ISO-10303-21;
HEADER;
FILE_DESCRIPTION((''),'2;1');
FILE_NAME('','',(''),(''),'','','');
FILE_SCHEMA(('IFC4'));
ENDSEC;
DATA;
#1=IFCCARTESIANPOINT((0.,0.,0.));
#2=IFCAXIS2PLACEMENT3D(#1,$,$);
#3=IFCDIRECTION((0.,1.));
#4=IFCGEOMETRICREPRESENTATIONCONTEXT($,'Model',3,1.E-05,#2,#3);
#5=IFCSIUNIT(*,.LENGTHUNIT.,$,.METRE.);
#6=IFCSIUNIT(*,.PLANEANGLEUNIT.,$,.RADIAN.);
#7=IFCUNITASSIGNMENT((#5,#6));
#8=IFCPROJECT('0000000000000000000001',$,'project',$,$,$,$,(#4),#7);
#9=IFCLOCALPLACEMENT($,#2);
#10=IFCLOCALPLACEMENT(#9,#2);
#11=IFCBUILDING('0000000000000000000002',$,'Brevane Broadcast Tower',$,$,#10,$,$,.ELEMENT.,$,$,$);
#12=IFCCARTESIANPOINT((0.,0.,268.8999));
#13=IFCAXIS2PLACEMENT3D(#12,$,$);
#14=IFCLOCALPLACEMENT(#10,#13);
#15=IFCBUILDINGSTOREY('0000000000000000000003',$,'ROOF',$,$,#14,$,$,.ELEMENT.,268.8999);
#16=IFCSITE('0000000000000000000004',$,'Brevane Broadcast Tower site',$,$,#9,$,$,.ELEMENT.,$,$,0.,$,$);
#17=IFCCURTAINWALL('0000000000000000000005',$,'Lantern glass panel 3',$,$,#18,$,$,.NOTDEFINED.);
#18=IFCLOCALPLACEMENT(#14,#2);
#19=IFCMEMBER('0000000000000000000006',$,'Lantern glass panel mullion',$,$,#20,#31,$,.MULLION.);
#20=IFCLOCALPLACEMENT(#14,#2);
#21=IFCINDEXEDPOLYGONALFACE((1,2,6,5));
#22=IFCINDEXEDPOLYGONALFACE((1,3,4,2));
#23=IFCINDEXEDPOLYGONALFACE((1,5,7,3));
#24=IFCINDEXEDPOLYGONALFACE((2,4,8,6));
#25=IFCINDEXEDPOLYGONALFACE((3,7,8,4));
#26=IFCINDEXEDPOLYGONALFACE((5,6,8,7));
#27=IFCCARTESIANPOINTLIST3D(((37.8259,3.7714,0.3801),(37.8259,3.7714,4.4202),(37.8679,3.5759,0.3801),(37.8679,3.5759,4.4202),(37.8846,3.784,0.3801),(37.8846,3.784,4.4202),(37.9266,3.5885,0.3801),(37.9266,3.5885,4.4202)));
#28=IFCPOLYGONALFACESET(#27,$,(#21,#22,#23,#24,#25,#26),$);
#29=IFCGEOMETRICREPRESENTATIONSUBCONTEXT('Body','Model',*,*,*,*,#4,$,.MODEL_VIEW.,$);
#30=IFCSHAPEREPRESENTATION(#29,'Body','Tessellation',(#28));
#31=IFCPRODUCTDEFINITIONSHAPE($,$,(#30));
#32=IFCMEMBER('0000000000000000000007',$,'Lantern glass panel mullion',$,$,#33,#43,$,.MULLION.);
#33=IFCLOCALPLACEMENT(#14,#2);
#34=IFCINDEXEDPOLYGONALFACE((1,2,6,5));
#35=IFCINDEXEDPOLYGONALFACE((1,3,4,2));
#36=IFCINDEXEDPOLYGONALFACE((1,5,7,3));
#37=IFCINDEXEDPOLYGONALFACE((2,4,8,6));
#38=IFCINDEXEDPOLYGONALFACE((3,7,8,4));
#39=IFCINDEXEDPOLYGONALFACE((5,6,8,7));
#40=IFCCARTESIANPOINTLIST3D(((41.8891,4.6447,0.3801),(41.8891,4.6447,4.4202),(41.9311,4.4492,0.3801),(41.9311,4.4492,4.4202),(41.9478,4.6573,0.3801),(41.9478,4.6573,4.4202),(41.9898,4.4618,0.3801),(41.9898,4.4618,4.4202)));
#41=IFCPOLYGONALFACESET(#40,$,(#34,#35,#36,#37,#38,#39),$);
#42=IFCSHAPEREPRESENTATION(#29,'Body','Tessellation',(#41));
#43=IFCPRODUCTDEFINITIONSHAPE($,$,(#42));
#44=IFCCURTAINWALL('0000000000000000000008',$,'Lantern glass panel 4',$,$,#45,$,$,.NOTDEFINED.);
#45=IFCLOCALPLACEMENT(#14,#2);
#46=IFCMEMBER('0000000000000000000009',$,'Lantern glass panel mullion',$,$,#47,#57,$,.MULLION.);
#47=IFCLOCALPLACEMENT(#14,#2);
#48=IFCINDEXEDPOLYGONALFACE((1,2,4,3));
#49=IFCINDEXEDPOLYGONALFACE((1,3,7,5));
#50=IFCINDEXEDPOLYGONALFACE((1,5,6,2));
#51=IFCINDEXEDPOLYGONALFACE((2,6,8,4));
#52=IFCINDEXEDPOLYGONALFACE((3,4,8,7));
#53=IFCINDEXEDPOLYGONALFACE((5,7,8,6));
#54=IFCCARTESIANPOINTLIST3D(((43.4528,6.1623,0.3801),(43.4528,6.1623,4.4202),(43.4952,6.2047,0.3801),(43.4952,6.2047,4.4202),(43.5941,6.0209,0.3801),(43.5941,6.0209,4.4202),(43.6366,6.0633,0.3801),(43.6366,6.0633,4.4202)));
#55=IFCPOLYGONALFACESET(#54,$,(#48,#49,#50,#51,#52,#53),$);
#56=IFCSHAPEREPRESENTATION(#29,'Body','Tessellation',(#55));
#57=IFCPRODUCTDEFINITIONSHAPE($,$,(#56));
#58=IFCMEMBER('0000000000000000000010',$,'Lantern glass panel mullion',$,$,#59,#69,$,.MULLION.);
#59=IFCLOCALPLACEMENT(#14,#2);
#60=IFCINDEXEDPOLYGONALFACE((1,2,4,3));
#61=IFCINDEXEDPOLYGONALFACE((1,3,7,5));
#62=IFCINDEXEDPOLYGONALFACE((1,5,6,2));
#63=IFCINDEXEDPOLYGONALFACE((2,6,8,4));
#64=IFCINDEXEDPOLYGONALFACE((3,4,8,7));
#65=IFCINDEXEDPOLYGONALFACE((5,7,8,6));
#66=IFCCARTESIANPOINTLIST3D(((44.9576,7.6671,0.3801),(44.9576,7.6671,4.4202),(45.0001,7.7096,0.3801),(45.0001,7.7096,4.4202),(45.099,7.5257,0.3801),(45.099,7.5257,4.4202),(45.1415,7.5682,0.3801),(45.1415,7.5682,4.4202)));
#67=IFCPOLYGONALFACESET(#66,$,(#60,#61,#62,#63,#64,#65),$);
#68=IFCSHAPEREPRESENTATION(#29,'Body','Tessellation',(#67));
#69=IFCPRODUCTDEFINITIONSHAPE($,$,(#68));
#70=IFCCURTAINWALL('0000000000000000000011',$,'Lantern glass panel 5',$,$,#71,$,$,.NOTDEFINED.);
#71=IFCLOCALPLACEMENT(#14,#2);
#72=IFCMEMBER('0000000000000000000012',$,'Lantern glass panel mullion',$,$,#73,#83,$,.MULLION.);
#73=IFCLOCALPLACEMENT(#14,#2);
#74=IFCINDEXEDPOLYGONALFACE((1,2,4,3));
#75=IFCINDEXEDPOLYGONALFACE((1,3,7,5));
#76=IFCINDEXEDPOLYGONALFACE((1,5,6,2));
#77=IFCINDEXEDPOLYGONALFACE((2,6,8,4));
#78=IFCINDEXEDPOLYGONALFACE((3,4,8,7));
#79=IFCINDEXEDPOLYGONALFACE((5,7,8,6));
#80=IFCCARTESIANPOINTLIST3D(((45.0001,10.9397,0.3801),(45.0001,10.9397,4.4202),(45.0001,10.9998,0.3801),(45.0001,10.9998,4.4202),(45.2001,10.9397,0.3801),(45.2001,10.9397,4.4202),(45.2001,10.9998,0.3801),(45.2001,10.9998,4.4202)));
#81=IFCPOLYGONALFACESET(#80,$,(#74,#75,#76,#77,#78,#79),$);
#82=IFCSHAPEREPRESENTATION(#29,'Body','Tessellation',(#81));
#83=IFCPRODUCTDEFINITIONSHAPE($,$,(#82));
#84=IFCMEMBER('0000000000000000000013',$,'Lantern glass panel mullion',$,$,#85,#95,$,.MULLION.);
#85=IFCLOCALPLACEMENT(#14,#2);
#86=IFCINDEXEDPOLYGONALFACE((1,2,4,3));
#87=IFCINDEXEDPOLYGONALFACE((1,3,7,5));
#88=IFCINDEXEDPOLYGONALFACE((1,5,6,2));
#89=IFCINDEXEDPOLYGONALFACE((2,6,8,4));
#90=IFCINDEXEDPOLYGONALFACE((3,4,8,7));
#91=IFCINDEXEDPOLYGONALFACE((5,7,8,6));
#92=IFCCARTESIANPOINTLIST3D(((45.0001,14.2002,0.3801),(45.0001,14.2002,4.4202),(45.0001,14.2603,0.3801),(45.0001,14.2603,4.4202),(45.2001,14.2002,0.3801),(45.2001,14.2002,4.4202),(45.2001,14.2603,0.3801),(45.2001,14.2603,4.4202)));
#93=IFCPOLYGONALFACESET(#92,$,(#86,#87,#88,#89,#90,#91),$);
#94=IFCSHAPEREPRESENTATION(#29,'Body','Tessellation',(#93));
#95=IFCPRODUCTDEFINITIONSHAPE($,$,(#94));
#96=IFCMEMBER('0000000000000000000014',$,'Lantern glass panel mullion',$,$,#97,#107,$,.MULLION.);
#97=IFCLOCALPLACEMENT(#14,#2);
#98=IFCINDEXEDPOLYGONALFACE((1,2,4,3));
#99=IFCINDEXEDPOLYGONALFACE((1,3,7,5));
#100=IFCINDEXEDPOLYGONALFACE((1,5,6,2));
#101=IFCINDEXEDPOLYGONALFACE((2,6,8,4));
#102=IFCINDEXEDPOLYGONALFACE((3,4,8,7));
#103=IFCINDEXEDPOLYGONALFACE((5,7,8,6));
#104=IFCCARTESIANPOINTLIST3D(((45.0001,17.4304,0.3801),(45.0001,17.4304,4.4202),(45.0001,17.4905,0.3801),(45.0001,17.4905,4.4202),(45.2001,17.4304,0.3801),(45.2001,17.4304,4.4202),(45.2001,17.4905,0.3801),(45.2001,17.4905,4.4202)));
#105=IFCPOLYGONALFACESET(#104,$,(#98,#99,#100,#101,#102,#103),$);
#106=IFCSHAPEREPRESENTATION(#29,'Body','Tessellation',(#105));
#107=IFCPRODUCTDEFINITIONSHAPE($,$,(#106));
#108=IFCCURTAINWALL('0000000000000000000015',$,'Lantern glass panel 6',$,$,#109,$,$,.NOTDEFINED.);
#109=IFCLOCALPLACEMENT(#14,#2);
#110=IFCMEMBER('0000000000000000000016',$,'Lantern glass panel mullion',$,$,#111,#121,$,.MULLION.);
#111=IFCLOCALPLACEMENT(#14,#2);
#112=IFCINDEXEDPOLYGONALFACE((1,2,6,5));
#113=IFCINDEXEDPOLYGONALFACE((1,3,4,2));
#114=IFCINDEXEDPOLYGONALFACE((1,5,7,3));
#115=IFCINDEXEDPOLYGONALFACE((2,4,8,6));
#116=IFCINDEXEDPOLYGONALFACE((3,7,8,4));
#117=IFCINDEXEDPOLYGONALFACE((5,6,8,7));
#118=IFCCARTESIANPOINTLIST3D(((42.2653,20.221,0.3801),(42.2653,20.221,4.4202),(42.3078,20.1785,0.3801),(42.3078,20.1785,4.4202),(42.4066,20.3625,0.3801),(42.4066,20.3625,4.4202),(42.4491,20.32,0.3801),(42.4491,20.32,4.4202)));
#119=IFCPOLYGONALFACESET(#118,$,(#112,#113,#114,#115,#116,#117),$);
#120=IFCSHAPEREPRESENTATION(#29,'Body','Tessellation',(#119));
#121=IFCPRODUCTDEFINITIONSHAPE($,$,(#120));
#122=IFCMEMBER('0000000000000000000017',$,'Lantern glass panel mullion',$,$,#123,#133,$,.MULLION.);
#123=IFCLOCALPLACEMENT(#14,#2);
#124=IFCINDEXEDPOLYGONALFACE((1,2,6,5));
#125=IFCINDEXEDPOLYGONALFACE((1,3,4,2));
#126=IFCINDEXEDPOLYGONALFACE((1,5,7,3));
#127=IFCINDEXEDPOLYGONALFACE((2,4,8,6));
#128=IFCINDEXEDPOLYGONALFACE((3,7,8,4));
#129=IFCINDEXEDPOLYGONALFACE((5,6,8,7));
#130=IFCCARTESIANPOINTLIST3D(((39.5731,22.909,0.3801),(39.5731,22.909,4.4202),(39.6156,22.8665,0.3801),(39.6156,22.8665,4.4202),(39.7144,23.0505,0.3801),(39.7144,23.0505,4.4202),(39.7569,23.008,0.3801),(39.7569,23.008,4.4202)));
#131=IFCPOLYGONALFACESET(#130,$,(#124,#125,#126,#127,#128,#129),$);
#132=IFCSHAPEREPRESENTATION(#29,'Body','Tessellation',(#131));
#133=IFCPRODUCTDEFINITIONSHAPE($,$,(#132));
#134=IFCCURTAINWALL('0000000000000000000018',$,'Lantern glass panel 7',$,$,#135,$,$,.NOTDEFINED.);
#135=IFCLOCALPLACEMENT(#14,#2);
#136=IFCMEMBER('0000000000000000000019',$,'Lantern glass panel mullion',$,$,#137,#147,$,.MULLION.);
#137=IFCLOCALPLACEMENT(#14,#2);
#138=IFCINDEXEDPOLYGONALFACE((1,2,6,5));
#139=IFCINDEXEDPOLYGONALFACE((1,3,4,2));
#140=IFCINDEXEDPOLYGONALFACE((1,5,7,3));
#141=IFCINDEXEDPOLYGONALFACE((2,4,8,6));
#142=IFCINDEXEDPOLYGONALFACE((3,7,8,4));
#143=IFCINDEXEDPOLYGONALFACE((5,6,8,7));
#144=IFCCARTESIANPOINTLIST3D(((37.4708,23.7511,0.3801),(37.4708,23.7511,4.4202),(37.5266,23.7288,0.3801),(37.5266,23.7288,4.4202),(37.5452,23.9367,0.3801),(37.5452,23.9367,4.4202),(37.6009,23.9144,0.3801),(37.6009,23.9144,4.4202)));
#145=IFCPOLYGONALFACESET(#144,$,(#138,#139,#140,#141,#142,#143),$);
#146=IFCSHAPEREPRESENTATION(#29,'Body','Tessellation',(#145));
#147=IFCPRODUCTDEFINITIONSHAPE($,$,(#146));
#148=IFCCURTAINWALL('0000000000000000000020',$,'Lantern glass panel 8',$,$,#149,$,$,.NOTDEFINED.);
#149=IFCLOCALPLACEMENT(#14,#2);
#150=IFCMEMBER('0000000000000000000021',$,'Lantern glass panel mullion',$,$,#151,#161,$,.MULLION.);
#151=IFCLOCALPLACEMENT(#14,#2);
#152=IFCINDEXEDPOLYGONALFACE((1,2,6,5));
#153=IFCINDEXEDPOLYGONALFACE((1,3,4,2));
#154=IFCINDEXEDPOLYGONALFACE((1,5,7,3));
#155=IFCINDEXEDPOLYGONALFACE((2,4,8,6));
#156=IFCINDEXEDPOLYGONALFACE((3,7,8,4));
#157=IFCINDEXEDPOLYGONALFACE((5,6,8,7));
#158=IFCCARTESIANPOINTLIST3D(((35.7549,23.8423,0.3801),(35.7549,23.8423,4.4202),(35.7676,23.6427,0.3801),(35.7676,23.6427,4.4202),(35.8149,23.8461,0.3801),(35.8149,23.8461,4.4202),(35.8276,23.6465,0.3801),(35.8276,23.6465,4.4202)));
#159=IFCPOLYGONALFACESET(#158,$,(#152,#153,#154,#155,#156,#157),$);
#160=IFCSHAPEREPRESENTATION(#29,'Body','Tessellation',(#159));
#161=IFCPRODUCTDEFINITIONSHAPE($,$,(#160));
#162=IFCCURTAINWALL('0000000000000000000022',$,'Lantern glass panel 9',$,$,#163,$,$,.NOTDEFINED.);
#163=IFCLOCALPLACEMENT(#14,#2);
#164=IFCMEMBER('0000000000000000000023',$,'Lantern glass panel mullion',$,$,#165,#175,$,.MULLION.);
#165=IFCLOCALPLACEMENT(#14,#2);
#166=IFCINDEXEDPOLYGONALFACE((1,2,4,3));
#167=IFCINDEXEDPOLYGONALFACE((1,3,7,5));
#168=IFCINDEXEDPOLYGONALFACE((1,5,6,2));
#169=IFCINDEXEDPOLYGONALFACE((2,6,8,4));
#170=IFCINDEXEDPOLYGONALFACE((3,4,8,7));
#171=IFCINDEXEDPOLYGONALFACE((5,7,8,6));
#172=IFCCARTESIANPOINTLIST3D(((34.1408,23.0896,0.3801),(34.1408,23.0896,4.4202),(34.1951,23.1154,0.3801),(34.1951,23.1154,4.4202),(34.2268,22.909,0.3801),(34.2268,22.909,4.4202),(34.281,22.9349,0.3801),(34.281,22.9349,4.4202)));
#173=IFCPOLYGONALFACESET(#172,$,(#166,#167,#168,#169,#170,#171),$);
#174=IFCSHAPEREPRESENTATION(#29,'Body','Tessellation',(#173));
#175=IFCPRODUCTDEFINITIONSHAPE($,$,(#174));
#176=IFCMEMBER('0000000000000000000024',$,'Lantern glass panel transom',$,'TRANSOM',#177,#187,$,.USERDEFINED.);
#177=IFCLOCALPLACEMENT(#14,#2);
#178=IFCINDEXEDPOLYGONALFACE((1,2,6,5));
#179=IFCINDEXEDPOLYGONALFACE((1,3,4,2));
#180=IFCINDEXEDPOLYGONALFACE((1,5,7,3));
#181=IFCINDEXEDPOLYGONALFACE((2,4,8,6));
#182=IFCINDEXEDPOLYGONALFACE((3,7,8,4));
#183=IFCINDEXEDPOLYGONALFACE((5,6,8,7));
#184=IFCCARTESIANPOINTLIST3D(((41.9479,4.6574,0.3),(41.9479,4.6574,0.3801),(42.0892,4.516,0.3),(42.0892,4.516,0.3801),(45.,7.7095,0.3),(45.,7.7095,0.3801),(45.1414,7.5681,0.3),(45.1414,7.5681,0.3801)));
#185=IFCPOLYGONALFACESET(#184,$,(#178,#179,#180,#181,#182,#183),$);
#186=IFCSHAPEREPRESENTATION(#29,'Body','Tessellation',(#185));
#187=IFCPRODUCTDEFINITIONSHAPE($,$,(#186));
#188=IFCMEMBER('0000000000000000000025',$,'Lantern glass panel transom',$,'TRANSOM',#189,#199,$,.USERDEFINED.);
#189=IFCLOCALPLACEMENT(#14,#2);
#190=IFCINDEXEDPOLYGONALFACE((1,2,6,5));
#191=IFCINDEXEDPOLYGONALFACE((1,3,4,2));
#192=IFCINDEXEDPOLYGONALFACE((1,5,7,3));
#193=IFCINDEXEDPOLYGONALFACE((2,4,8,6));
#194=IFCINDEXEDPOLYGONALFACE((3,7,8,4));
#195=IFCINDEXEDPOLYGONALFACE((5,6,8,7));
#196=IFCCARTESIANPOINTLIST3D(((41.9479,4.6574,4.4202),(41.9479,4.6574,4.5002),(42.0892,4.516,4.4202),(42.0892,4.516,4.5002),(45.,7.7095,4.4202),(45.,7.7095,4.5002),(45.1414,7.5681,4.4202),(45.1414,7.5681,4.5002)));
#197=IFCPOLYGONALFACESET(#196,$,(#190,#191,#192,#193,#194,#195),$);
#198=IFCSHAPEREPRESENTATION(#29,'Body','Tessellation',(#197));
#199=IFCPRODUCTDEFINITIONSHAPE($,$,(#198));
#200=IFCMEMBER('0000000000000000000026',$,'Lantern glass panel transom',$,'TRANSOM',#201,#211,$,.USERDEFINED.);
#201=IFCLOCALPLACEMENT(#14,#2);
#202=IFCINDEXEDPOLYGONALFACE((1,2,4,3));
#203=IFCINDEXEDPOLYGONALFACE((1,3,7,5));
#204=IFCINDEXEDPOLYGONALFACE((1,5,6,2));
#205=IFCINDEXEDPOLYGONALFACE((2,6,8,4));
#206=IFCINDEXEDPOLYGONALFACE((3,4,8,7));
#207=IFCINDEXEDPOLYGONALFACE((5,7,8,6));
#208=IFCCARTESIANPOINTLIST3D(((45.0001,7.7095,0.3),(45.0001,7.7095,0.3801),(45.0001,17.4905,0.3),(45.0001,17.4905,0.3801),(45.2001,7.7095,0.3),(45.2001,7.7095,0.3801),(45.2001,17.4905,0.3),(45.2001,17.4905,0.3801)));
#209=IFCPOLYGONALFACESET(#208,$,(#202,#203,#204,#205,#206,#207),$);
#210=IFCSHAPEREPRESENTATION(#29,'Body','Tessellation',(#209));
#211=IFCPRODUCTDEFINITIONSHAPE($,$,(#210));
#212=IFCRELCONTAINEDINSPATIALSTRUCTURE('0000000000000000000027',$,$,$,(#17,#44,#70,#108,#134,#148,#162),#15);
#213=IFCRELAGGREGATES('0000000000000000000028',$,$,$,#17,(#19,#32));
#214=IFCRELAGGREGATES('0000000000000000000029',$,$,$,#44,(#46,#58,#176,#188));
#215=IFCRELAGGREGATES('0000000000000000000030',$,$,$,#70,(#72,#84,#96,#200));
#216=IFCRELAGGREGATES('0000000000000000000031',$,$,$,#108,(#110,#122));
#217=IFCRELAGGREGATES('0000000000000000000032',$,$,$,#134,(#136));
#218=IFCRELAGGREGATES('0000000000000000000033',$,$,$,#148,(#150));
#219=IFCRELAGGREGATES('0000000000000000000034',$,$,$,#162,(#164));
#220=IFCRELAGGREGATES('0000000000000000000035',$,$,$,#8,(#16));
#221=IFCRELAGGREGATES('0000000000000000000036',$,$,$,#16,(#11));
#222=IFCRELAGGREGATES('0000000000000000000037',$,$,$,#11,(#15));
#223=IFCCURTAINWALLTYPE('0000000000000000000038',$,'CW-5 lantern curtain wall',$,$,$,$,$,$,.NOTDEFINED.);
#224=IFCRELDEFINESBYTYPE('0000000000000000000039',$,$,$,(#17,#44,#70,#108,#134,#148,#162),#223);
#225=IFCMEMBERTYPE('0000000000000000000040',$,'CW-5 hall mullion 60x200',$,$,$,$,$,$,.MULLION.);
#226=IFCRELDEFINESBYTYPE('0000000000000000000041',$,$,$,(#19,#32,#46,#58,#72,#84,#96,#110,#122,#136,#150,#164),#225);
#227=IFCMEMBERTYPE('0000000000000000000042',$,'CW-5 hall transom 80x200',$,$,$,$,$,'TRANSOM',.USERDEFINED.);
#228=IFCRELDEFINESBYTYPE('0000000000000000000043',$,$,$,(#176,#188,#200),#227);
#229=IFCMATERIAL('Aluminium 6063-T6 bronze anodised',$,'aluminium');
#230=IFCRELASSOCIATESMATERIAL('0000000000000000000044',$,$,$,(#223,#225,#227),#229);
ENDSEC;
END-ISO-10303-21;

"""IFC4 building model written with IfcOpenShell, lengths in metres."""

from ifc_helpers import new_model, si_unit, direction, frame, origin, origin_2d, place, context, subcontext, project, spatial, rectangle, extrude, material, material_profile, profile_set, type_object, element, aggregate, save


model = new_model("IFC4")

# Units and contexts
model_context = context("Model", 3, precision=1e-05, world=origin(), true_north=direction((0.0, 1.0)))
body_context = subcontext(model_context, "Body", "Model", "MODEL_VIEW")
ifc_project = project(units=[si_unit("LENGTHUNIT", "METRE"), si_unit("PLANEANGLEUNIT", "RADIAN")], contexts=[model_context])

# Site, building, storey
site_placement = place(None, origin())
site = spatial("IfcSite", under=ifc_project, at=site_placement, Name="Brevane Broadcast Tower site", CompositionType="ELEMENT", RefElevation=0.0)
building_placement = place(site_placement, origin())
building = spatial("IfcBuilding", under=site, at=building_placement, Name="Brevane Broadcast Tower", CompositionType="ELEMENT")
storey_placement = place(building_placement, frame((0.0, 0.0, 268.8999)))
storey = spatial("IfcBuildingStorey", under=building, at=storey_placement, Name="ROOF", CompositionType="ELEMENT", Elevation=268.8999)

# Curtain walls, members
ifc_material_1 = material(Name="Aluminium 6063-T6 bronze anodised", Category="aluminium")
curtain_wall_type = type_object("IfcCurtainWallType", Name="CW-5 lantern curtain wall", PredefinedType="NOTDEFINED", material=ifc_material_1)
curtain_wall_1_placement = place(storey_placement, origin())
curtain_wall_1 = element("IfcCurtainWall", 1, at=curtain_wall_1_placement, inside=storey, type_object=curtain_wall_type, Name="Lantern glass panel 3", PredefinedType="NOTDEFINED")
ifc_material_profile_1 = material_profile(ifc_material_1, rectangle(XDim=0.2, YDim=0.0601, at=origin_2d()), Name="RECT 60x200")
ifc_profile_set_1 = profile_set([ifc_material_profile_1], Name="Aluminium 6063-T6 bronze anodised")
member_type_1 = type_object("IfcMemberType", Name="CW-5 hall mullion 60x200", PredefinedType="MULLION", material=ifc_profile_set_1)
member_1_placement = place(storey_placement, frame((37.8762, 3.6799, 0.3801), z_axis=(0.0, 0.0, 1.0), x_axis=(-0.210158, 0.977667, 0.0)))
member_1 = element("IfcMember", 2, at=member_1_placement, type_object=member_type_1, Name="Lantern glass panel mullion", PredefinedType="MULLION", context=body_context, shape_type="SweptSolid", body=[
    extrude(rectangle(XDim=0.2, YDim=0.0601, at=origin_2d()), origin(), (0.0, 0.0, 1.0), 4.04),
])
member_2_placement = place(storey_placement, frame((41.9395, 4.5532, 0.3801), z_axis=(0.0, 0.0, 1.0), x_axis=(-0.210158, 0.977667, 0.0)))
member_2 = element("IfcMember", 3, at=member_2_placement, type_object=member_type_1, Name="Lantern glass panel mullion", PredefinedType="MULLION", context=body_context, shape_type="SweptSolid", body=[
    extrude(rectangle(XDim=0.2, YDim=0.0601, at=origin_2d()), origin(), (0.0, 0.0, 1.0), 4.04),
])
curtain_wall_2_placement = place(storey_placement, origin())
curtain_wall_2 = element("IfcCurtainWall", 4, at=curtain_wall_2_placement, inside=storey, type_object=curtain_wall_type, Name="Lantern glass panel 4", PredefinedType="NOTDEFINED")
member_3_placement = place(storey_placement, frame((43.5447, 6.1128, 0.3801), z_axis=(0.0, 0.0, 1.0), x_axis=(-0.707107, 0.707107, 0.0)))
member_3 = element("IfcMember", 5, at=member_3_placement, type_object=member_type_1, Name="Lantern glass panel mullion", PredefinedType="MULLION", context=body_context, shape_type="SweptSolid", body=[
    extrude(rectangle(XDim=0.2, YDim=0.0601, at=origin_2d()), origin(), (0.0, 0.0, 1.0), 4.04),
])
member_4_placement = place(storey_placement, frame((45.0496, 7.6177, 0.3801), z_axis=(0.0, 0.0, 1.0), x_axis=(-0.707107, 0.707107, 0.0)))
member_4 = element("IfcMember", 6, at=member_4_placement, type_object=member_type_1, Name="Lantern glass panel mullion", PredefinedType="MULLION", context=body_context, shape_type="SweptSolid", body=[
    extrude(rectangle(XDim=0.2, YDim=0.0601, at=origin_2d()), origin(), (0.0, 0.0, 1.0), 4.04),
])
curtain_wall_3_placement = place(storey_placement, origin())
curtain_wall_3 = element("IfcCurtainWall", 7, at=curtain_wall_3_placement, inside=storey, type_object=curtain_wall_type, Name="Lantern glass panel 5", PredefinedType="NOTDEFINED")
member_5_placement = place(storey_placement, frame((45.1001, 10.9697, 0.3801), z_axis=(0.0, 0.0, 1.0), x_axis=(-1.0, 0.0, 0.0)))
member_5 = element("IfcMember", 8, at=member_5_placement, type_object=member_type_1, Name="Lantern glass panel mullion", PredefinedType="MULLION", context=body_context, shape_type="SweptSolid", body=[
    extrude(rectangle(XDim=0.2, YDim=0.0601, at=origin_2d()), origin(), (0.0, 0.0, 1.0), 4.04),
])
member_6_placement = place(storey_placement, frame((45.1001, 14.2302, 0.3801), z_axis=(0.0, 0.0, 1.0), x_axis=(-1.0, 0.0, 0.0)))
member_6 = element("IfcMember", 9, at=member_6_placement, type_object=member_type_1, Name="Lantern glass panel mullion", PredefinedType="MULLION", context=body_context, shape_type="SweptSolid", body=[
    extrude(rectangle(XDim=0.2, YDim=0.0601, at=origin_2d()), origin(), (0.0, 0.0, 1.0), 4.04),
])
member_7_placement = place(storey_placement, frame((45.1001, 17.4604, 0.3801), z_axis=(0.0, 0.0, 1.0), x_axis=(-1.0, 0.0, 0.0)))
member_7 = element("IfcMember", 10, at=member_7_placement, type_object=member_type_1, Name="Lantern glass panel mullion", PredefinedType="MULLION", context=body_context, shape_type="SweptSolid", body=[
    extrude(rectangle(XDim=0.2, YDim=0.0601, at=origin_2d()), origin(), (0.0, 0.0, 1.0), 4.04),
])
curtain_wall_4_placement = place(storey_placement, origin())
curtain_wall_4 = element("IfcCurtainWall", 11, at=curtain_wall_4_placement, inside=storey, type_object=curtain_wall_type, Name="Lantern glass panel 6", PredefinedType="NOTDEFINED")
member_8_placement = place(storey_placement, frame((42.3572, 20.2705, 0.3801), z_axis=(0.0, 0.0, 1.0), x_axis=(-0.706568, -0.707645, 0.0)))
member_8 = element("IfcMember", 12, at=member_8_placement, type_object=member_type_1, Name="Lantern glass panel mullion", PredefinedType="MULLION", context=body_context, shape_type="SweptSolid", body=[
    extrude(rectangle(XDim=0.2, YDim=0.0601, at=origin_2d()), origin(), (0.0, 0.0, 1.0), 4.04),
])
member_9_placement = place(storey_placement, frame((39.665, 22.9585, 0.3801), z_axis=(0.0, 0.0, 1.0), x_axis=(-0.706568, -0.707645, 0.0)))
member_9 = element("IfcMember", 13, at=member_9_placement, type_object=member_type_1, Name="Lantern glass panel mullion", PredefinedType="MULLION", context=body_context, shape_type="SweptSolid", body=[
    extrude(rectangle(XDim=0.2, YDim=0.0601, at=origin_2d()), origin(), (0.0, 0.0, 1.0), 4.04),
])

# Curtain walls, members
curtain_wall_5_placement = place(storey_placement, origin())
curtain_wall_5 = element("IfcCurtainWall", 14, at=curtain_wall_5_placement, inside=storey, type_object=curtain_wall_type, Name="Lantern glass panel 7", PredefinedType="NOTDEFINED")
member_10_placement = place(storey_placement, frame((37.5359, 23.8328, 0.3801), z_axis=(0.0, 0.0, 1.0), x_axis=(-0.371785, -0.928319, 0.0)))
member_10 = element("IfcMember", 15, at=member_10_placement, type_object=member_type_1, Name="Lantern glass panel mullion", PredefinedType="MULLION", context=body_context, shape_type="SweptSolid", body=[
    extrude(rectangle(XDim=0.2, YDim=0.0601, at=origin_2d()), origin(), (0.0, 0.0, 1.0), 4.04),
])
curtain_wall_6_placement = place(storey_placement, origin())
curtain_wall_6 = element("IfcCurtainWall", 16, at=curtain_wall_6_placement, inside=storey, type_object=curtain_wall_type, Name="Lantern glass panel 8", PredefinedType="NOTDEFINED")
member_11_placement = place(storey_placement, frame((35.7913, 23.7444, 0.3801), z_axis=(0.0, 0.0, 1.0), x_axis=(0.063446, -0.997985, 0.0)))
member_11 = element("IfcMember", 17, at=member_11_placement, type_object=member_type_1, Name="Lantern glass panel mullion", PredefinedType="MULLION", context=body_context, shape_type="SweptSolid", body=[
    extrude(rectangle(XDim=0.2, YDim=0.0601, at=origin_2d()), origin(), (0.0, 0.0, 1.0), 4.04),
])
curtain_wall_7_placement = place(storey_placement, origin())
curtain_wall_7 = element("IfcCurtainWall", 18, at=curtain_wall_7_placement, inside=storey, type_object=curtain_wall_type, Name="Lantern glass panel 9", PredefinedType="NOTDEFINED")
member_12_placement = place(storey_placement, frame((34.2109, 23.0122, 0.3801), z_axis=(0.0, 0.0, 1.0), x_axis=(0.429934, -0.902861, 0.0)))
member_12 = element("IfcMember", 19, at=member_12_placement, type_object=member_type_1, Name="Lantern glass panel mullion", PredefinedType="MULLION", context=body_context, shape_type="SweptSolid", body=[
    extrude(rectangle(XDim=0.2, YDim=0.0601, at=origin_2d()), origin(), (0.0, 0.0, 1.0), 4.04),
])

# Members
ifc_material_profile_2 = material_profile(ifc_material_1, rectangle(XDim=0.2, YDim=0.0801, at=origin_2d()), Name="RECT 80x200")
ifc_profile_set_2 = profile_set([ifc_material_profile_2], Name="Aluminium 6063-T6 bronze anodised")
member_type_2 = type_object("IfcMemberType", Name="CW-5 hall transom 80x200", ElementType="TRANSOM", PredefinedType="USERDEFINED", material=ifc_profile_set_2)
member_13_placement = place(storey_placement, frame((42.0186, 4.5867, 0.3401), z_axis=(0.707107, 0.707107, 0.0), x_axis=(-0.707107, 0.707107, 0.0)))
member_13 = element("IfcMember", 20, at=member_13_placement, type_object=member_type_2, Name="Lantern glass panel transom", ObjectType="TRANSOM", PredefinedType="USERDEFINED", context=body_context, shape_type="SweptSolid", body=[
    extrude(rectangle(XDim=0.2, YDim=0.0801, at=origin_2d()), origin(), (0.0, 0.0, 1.0), 4.3164),
])
member_14_placement = place(storey_placement, frame((42.0186, 4.5867, 4.4602), z_axis=(0.707107, 0.707107, 0.0), x_axis=(-0.707107, 0.707107, 0.0)))
member_14 = element("IfcMember", 21, at=member_14_placement, type_object=member_type_2, Name="Lantern glass panel transom", ObjectType="TRANSOM", PredefinedType="USERDEFINED", context=body_context, shape_type="SweptSolid", body=[
    extrude(rectangle(XDim=0.2, YDim=0.0801, at=origin_2d()), origin(), (0.0, 0.0, 1.0), 4.3164),
])
member_15_placement = place(storey_placement, frame((45.1001, 7.7095, 0.3401), z_axis=(0.0, 1.0, 0.0), x_axis=(-1.0, 0.0, 0.0)))
member_15 = element("IfcMember", 22, at=member_15_placement, type_object=member_type_2, Name="Lantern glass panel transom", ObjectType="TRANSOM", PredefinedType="USERDEFINED", context=body_context, shape_type="SweptSolid", body=[
    extrude(rectangle(XDim=0.2, YDim=0.0801, at=origin_2d()), origin(), (0.0, 0.0, 1.0), 9.781),
])

aggregate(curtain_wall_1, [member_1, member_2])
aggregate(curtain_wall_2, [member_3, member_4, member_13, member_14])
aggregate(curtain_wall_3, [member_5, member_6, member_7, member_15])
aggregate(curtain_wall_4, [member_8, member_9])
aggregate(curtain_wall_5, [member_10])
aggregate(curtain_wall_6, [member_11])
aggregate(curtain_wall_7, [member_12])

save(model, "model.ifc")
